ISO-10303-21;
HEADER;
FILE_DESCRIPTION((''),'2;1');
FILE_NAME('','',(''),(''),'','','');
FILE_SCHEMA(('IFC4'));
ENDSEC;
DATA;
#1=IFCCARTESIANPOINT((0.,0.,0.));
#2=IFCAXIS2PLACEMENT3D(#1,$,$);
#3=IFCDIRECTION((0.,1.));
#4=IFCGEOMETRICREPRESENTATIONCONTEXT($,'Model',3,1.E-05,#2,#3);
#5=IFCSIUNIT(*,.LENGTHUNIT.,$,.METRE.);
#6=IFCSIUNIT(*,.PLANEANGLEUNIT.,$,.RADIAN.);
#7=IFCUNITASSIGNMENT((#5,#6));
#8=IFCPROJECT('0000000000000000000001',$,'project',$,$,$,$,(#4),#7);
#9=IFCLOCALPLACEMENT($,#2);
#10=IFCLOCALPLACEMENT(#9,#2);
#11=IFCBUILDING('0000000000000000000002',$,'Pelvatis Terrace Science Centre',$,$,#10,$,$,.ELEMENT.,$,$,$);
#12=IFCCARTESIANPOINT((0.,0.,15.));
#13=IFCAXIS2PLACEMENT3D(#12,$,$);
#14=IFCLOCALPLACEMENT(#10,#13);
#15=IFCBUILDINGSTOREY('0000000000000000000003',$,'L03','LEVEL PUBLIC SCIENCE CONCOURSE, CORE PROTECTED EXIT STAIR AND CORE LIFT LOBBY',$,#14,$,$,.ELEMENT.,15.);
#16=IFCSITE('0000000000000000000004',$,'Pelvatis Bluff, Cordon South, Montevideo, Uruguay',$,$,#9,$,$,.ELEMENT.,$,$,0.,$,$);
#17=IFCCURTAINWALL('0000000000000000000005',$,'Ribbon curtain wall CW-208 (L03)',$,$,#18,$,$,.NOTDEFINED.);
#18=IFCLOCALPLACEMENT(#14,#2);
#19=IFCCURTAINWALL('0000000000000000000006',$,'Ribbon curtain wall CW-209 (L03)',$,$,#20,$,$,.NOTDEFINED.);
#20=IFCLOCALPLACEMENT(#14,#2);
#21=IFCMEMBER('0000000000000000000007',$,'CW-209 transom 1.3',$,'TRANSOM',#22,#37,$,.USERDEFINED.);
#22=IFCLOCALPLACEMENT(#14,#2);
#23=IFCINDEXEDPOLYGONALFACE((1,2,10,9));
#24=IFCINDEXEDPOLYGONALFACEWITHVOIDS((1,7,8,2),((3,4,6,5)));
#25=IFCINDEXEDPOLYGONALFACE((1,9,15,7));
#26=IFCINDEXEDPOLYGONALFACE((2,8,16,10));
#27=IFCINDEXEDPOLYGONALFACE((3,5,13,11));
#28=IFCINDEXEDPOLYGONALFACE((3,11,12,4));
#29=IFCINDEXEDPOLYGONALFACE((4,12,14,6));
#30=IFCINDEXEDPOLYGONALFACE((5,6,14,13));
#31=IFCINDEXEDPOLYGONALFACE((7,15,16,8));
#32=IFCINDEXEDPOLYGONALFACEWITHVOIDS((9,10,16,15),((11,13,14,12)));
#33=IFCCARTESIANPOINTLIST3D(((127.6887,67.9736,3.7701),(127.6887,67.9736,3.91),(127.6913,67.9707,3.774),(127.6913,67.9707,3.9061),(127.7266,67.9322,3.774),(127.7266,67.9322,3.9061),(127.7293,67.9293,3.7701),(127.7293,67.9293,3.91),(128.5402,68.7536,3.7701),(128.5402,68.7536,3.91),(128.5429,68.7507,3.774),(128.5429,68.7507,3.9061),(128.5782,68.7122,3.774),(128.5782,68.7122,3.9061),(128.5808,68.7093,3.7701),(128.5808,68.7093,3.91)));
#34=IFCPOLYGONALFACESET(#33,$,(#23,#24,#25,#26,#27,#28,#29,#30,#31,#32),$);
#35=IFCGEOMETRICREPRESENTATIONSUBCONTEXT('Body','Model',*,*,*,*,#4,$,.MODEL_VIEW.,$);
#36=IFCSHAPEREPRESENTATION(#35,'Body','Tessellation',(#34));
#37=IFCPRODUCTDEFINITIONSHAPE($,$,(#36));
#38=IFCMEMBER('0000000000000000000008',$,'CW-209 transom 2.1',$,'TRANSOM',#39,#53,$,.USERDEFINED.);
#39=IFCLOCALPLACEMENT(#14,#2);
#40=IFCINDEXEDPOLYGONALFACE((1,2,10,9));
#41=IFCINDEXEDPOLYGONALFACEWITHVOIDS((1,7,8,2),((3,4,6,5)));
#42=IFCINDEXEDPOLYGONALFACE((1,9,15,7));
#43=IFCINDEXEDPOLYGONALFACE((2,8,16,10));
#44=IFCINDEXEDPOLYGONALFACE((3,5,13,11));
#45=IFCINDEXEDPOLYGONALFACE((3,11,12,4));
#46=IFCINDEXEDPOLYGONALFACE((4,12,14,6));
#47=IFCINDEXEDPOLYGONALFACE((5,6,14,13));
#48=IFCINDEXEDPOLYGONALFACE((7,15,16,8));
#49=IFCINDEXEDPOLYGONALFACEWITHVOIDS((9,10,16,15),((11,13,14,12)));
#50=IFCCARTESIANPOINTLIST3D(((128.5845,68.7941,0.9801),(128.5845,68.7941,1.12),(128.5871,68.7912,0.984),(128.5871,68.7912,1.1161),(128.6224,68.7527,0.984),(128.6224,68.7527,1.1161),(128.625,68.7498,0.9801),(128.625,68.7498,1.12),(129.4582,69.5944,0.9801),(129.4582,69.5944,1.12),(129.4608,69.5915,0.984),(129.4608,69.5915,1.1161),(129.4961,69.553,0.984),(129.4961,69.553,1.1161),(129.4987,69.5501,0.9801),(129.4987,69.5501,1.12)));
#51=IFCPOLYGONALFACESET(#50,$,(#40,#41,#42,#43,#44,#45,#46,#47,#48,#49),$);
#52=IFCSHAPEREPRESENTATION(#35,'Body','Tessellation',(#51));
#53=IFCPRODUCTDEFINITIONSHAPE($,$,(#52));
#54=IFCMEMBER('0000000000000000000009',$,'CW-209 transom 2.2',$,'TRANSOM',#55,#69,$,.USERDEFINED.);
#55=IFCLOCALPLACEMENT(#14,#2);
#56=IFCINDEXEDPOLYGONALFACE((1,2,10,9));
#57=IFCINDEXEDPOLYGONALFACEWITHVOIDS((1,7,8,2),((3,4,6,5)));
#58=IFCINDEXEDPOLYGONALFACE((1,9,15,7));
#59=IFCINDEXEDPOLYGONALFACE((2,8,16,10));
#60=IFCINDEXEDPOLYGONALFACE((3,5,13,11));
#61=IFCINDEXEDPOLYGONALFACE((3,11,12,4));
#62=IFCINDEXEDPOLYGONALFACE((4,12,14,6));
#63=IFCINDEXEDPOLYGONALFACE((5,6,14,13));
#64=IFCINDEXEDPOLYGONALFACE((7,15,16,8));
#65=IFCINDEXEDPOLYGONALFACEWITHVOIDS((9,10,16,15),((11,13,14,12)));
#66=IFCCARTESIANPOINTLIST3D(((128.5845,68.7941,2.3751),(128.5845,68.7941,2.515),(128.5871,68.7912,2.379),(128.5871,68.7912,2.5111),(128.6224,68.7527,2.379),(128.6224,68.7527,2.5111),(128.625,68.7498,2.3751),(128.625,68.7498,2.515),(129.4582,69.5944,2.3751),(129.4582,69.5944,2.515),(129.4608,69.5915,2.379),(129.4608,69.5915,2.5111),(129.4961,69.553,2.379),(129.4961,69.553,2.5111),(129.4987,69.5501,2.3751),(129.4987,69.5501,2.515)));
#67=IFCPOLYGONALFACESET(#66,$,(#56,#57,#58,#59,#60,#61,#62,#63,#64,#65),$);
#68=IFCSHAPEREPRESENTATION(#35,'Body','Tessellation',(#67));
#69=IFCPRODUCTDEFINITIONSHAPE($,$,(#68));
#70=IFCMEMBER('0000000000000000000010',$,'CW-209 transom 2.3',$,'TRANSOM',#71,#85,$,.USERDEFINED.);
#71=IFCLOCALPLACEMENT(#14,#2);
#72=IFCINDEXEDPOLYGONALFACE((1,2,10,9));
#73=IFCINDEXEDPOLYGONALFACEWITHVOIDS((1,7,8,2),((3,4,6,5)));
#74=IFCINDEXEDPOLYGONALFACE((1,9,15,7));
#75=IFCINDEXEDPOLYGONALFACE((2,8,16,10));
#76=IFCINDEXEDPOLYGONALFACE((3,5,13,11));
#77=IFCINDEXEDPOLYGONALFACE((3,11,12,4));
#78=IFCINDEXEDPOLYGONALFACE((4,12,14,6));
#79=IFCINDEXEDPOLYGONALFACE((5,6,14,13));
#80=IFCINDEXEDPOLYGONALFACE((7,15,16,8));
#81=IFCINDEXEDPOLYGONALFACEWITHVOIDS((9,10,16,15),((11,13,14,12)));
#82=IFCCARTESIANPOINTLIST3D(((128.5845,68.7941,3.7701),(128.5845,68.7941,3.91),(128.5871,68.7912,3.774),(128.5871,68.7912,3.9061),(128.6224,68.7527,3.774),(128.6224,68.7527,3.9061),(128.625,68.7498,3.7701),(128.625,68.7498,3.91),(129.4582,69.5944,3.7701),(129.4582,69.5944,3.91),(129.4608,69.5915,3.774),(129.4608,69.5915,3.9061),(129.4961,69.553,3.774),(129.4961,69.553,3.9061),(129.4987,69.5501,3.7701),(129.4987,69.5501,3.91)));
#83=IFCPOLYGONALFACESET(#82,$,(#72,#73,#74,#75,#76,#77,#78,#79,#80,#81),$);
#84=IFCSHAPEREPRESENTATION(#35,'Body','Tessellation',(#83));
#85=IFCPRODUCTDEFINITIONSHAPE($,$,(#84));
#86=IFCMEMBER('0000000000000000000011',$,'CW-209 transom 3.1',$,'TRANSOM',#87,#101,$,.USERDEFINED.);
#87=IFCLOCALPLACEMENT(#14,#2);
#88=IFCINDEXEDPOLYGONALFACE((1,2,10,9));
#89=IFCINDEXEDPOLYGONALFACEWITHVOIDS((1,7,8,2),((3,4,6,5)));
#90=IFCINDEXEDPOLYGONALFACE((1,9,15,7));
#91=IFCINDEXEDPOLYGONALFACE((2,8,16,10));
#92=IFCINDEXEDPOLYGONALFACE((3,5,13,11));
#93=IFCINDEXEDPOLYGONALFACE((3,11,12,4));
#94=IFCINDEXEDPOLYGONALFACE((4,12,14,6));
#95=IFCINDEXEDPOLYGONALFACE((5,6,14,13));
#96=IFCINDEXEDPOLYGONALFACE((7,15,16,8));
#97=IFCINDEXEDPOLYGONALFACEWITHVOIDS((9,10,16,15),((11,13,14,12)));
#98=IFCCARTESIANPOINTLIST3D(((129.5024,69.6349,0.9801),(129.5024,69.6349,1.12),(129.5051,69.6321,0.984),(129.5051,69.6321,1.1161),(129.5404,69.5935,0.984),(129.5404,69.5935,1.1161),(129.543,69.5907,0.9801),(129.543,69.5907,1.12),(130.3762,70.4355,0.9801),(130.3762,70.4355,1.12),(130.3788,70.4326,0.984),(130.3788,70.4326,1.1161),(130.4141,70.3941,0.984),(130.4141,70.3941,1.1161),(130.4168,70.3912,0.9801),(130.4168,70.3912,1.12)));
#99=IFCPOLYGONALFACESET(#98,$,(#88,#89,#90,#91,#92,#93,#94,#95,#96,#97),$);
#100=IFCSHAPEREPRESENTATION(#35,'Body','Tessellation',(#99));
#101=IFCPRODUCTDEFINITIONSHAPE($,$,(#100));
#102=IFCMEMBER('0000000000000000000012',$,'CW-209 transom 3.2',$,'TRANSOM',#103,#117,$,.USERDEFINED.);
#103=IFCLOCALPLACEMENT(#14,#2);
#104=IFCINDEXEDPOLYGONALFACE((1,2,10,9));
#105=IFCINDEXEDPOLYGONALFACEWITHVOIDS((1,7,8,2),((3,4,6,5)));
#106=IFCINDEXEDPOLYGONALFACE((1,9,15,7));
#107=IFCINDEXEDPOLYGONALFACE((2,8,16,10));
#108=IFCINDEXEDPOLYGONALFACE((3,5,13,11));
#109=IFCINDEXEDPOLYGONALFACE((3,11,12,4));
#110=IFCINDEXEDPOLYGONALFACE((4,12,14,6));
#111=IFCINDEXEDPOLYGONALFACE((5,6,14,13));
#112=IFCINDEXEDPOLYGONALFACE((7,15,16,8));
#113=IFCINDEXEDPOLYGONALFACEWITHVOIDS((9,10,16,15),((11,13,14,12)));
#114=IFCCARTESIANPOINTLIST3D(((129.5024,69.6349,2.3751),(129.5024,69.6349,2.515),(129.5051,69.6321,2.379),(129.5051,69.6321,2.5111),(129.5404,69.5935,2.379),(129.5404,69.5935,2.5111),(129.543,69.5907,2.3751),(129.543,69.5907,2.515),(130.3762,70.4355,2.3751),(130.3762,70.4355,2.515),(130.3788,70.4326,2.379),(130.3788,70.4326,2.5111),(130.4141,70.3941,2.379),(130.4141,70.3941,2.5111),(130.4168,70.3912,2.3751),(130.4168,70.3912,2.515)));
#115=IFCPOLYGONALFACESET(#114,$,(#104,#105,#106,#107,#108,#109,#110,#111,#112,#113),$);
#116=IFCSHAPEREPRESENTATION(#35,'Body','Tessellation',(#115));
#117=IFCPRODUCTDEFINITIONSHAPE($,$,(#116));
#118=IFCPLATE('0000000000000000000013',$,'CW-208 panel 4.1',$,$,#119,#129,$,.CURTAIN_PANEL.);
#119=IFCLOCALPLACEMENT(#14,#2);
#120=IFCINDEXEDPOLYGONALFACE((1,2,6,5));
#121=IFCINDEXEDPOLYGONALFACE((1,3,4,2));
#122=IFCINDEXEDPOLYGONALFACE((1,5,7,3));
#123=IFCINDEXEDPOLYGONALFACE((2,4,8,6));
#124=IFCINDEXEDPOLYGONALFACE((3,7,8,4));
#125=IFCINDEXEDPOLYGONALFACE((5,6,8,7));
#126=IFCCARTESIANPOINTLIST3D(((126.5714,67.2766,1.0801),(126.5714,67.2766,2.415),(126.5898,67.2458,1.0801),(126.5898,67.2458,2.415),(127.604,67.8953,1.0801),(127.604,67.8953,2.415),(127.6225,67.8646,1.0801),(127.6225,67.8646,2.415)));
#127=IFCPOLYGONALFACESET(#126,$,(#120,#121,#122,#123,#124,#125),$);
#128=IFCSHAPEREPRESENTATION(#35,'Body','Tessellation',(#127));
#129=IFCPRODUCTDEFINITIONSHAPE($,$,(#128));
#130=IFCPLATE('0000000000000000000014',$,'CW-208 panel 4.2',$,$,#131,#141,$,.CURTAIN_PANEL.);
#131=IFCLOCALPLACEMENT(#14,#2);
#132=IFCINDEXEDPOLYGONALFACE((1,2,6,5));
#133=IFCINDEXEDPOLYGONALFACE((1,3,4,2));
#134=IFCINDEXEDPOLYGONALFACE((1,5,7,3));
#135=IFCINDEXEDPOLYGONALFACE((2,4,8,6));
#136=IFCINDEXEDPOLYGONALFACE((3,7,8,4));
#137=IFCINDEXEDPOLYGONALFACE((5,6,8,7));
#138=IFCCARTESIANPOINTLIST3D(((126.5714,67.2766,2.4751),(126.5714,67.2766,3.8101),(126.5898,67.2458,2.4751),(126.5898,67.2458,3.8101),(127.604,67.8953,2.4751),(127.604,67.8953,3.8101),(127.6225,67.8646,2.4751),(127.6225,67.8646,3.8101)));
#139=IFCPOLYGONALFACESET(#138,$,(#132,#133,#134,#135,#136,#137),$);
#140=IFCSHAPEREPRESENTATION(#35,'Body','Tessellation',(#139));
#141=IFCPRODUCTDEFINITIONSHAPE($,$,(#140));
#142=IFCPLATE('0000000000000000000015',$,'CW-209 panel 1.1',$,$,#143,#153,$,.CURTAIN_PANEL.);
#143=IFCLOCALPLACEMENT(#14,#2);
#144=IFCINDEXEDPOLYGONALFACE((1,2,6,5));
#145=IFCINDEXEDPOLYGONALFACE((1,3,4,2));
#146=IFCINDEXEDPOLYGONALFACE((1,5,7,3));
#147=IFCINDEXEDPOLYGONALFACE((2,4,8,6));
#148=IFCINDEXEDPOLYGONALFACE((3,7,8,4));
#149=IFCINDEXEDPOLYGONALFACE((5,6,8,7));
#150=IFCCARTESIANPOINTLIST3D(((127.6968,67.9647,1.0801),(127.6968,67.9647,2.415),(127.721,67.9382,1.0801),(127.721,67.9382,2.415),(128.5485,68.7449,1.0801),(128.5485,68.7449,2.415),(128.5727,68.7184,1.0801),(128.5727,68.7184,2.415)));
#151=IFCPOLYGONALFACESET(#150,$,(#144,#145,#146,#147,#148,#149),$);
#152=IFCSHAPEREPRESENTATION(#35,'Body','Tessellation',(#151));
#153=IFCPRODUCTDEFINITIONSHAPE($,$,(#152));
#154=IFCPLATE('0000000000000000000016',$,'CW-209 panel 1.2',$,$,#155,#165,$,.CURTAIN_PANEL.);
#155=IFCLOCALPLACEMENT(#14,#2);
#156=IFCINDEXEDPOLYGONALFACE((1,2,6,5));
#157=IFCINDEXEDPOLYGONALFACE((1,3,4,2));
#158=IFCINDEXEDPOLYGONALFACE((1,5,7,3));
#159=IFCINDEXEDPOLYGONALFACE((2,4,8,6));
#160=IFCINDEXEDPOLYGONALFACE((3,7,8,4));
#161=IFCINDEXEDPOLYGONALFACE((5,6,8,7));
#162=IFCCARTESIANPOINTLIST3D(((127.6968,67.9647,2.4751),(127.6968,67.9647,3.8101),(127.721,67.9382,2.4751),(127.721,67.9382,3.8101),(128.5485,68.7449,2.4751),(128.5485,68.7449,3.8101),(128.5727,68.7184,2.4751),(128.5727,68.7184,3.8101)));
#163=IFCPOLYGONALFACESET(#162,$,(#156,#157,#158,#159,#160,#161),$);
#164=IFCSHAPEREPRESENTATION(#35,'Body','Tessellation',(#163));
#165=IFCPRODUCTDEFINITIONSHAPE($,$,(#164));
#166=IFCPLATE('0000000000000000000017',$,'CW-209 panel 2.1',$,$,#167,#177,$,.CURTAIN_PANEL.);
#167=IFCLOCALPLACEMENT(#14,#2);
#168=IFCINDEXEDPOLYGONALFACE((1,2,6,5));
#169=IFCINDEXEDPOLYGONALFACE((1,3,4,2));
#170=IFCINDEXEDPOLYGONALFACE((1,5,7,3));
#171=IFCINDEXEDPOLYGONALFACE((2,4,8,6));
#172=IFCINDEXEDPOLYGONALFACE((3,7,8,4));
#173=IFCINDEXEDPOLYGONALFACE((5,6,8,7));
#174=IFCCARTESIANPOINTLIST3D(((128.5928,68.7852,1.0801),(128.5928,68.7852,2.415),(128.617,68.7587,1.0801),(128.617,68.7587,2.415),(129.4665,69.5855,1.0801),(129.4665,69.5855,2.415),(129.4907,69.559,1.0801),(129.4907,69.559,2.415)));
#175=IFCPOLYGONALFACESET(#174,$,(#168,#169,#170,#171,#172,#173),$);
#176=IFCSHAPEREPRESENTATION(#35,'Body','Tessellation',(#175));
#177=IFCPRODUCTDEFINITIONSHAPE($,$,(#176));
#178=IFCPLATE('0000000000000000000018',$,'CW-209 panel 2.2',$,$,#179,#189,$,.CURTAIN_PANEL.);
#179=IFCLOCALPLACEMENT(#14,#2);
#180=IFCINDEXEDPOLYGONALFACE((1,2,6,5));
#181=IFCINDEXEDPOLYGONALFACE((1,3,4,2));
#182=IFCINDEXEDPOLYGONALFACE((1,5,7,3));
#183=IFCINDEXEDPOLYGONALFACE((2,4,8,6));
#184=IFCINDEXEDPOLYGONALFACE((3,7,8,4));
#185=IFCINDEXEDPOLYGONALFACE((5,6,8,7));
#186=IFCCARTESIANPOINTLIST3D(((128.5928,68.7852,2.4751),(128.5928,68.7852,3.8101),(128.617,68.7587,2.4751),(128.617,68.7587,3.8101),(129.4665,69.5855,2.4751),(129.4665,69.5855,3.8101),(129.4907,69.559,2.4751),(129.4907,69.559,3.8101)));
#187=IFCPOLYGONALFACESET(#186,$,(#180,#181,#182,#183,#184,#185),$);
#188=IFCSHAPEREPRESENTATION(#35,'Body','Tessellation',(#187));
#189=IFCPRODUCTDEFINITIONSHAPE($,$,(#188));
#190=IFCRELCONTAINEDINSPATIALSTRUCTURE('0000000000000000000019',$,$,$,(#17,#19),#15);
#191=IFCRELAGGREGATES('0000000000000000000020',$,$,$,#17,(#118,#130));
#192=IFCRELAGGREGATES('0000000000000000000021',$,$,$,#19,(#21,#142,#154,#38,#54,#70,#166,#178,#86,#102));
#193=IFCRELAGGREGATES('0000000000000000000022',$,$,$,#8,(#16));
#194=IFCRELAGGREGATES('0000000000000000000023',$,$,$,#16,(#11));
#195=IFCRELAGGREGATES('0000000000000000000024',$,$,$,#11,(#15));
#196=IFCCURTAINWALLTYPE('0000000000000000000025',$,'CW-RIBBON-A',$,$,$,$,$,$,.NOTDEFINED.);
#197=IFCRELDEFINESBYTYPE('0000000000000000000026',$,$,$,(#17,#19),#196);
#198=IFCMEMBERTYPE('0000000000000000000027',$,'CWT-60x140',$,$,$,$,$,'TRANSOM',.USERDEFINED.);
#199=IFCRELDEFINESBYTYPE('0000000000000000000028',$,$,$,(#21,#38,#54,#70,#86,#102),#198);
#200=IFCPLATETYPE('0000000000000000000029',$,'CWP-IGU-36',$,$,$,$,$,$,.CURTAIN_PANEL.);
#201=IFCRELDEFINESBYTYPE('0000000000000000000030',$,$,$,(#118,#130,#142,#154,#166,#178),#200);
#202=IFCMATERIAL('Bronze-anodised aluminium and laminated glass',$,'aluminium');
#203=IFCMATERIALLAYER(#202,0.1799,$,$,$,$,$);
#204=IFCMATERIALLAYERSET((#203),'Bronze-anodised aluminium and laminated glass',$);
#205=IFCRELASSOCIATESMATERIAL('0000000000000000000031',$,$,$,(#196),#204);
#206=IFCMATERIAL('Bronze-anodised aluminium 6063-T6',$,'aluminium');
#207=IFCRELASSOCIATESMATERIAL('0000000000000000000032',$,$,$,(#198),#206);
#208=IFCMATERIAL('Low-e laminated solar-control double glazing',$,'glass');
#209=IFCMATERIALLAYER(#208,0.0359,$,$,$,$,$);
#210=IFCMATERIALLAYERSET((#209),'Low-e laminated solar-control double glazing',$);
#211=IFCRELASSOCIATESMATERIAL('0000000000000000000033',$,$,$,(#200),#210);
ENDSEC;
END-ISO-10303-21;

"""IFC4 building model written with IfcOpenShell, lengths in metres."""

from ifc_helpers import new_model, si_unit, direction, frame, origin, origin_2d, place, context, subcontext, project, spatial, rectangle, hollow_rectangle, extrude, material, layer, layer_set, material_profile, profile_set, type_object, element, aggregate, save


model = new_model("IFC4")

# Units and contexts
model_context = context("Model", 3, precision=1e-05, world=origin(), true_north=direction((0.0, 1.0)))
body_context = subcontext(model_context, "Body", "Model", "MODEL_VIEW")
ifc_project = project(units=[si_unit("LENGTHUNIT", "METRE"), si_unit("PLANEANGLEUNIT", "RADIAN")], contexts=[model_context])

# Site, building, storey
site_placement = place(None, origin())
site = spatial("IfcSite", under=ifc_project, at=site_placement, Name="Pelvatis Bluff, Cordon South, Montevideo, Uruguay", CompositionType="ELEMENT", RefElevation=0.0)
building_placement = place(site_placement, origin())
building = spatial("IfcBuilding", under=site, at=building_placement, Name="Pelvatis Terrace Science Centre", CompositionType="ELEMENT")
storey_placement = place(building_placement, frame((0.0, 0.0, 15.0)))
storey = spatial("IfcBuildingStorey", under=building, at=storey_placement, Name="L03", Description="LEVEL PUBLIC SCIENCE CONCOURSE, CORE PROTECTED EXIT STAIR AND CORE LIFT LOBBY", CompositionType="ELEMENT", Elevation=15.0)

# Curtain wall
ifc_material_1 = material(Name="Bronze-anodised aluminium and laminated glass", Category="aluminium")
ifc_layer_1 = layer(ifc_material_1, 0.1799)
ifc_layer_set_1 = layer_set([ifc_layer_1], Name="Bronze-anodised aluminium and laminated glass")
curtain_wall_type = type_object("IfcCurtainWallType", Name="CW-RIBBON-A", PredefinedType="NOTDEFINED", material=ifc_layer_set_1)
curtain_wall_1_placement = place(storey_placement, origin())
curtain_wall_1 = element("IfcCurtainWall", 1, at=curtain_wall_1_placement, inside=storey, type_object=curtain_wall_type, Name="Ribbon curtain wall CW-208 (L03)", PredefinedType="NOTDEFINED")

# Curtain wall
curtain_wall_2_placement = place(storey_placement, origin())
curtain_wall_2 = element("IfcCurtainWall", 2, at=curtain_wall_2_placement, inside=storey, type_object=curtain_wall_type, Name="Ribbon curtain wall CW-209 (L03)", PredefinedType="NOTDEFINED")

# Members
ifc_material_2 = material(Name="Bronze-anodised aluminium 6063-T6", Category="aluminium")
ifc_material_profile_1 = material_profile(ifc_material_2, hollow_rectangle(XDim=0.0601, YDim=0.1399, WallThickness=0.0039, at=origin_2d()), Name="ALU-TRN 60x140")
ifc_profile_set_1 = profile_set([ifc_material_profile_1], Name="Bronze-anodised aluminium 6063-T6")
member_type_1 = type_object("IfcMemberType", Name="CWT-60x140", ElementType="TRANSOM", PredefinedType="USERDEFINED", material=ifc_profile_set_1)
member_1_placement = place(storey_placement, frame((127.709, 67.9514, 3.8401), z_axis=(0.7374, 0.675457, 0.0), x_axis=(-0.675457, 0.7374, 0.0)))
member_1 = element("IfcMember", 3, at=member_1_placement, type_object=member_type_1, Name="CW-209 transom 1.3", ObjectType="TRANSOM", PredefinedType="USERDEFINED", context=body_context, shape_type="SweptSolid", body=[
    extrude(hollow_rectangle(XDim=0.0601, YDim=0.1399, WallThickness=0.0039, at=origin_2d()), origin(), (0.0, 0.0, 1.0), 1.1548),
])
member_2_placement = place(storey_placement, frame((128.6047, 68.772, 1.05), z_axis=(0.737436, 0.675417, 0.0), x_axis=(-0.675417, 0.737436, 0.0)))
member_2 = element("IfcMember", 4, at=member_2_placement, type_object=member_type_1, Name="CW-209 transom 2.1", ObjectType="TRANSOM", PredefinedType="USERDEFINED", context=body_context, shape_type="SweptSolid", body=[
    extrude(hollow_rectangle(XDim=0.0601, YDim=0.1399, WallThickness=0.0039, at=origin_2d()), origin(), (0.0, 0.0, 1.0), 1.1848),
])
member_3_placement = place(storey_placement, frame((128.6047, 68.772, 2.4451), z_axis=(0.737436, 0.675417, 0.0), x_axis=(-0.675417, 0.737436, 0.0)))
member_3 = element("IfcMember", 5, at=member_3_placement, type_object=member_type_1, Name="CW-209 transom 2.2", ObjectType="TRANSOM", PredefinedType="USERDEFINED", context=body_context, shape_type="SweptSolid", body=[
    extrude(hollow_rectangle(XDim=0.0601, YDim=0.1399, WallThickness=0.0039, at=origin_2d()), origin(), (0.0, 0.0, 1.0), 1.1848),
])
member_4_placement = place(storey_placement, frame((128.6047, 68.772, 3.8401), z_axis=(0.737436, 0.675417, 0.0), x_axis=(-0.675417, 0.737436, 0.0)))
member_4 = element("IfcMember", 6, at=member_4_placement, type_object=member_type_1, Name="CW-209 transom 2.3", ObjectType="TRANSOM", PredefinedType="USERDEFINED", context=body_context, shape_type="SweptSolid", body=[
    extrude(hollow_rectangle(XDim=0.0601, YDim=0.1399, WallThickness=0.0039, at=origin_2d()), origin(), (0.0, 0.0, 1.0), 1.1848),
])
member_5_placement = place(storey_placement, frame((129.5227, 69.6128, 1.05), z_axis=(0.737334, 0.675529, 0.0), x_axis=(-0.675529, 0.737334, 0.0)))
member_5 = element("IfcMember", 7, at=member_5_placement, type_object=member_type_1, Name="CW-209 transom 3.1", ObjectType="TRANSOM", PredefinedType="USERDEFINED", context=body_context, shape_type="SweptSolid", body=[
    extrude(hollow_rectangle(XDim=0.0601, YDim=0.1399, WallThickness=0.0039, at=origin_2d()), origin(), (0.0, 0.0, 1.0), 1.1851),
])
member_6_placement = place(storey_placement, frame((129.5227, 69.6128, 2.4451), z_axis=(0.737334, 0.675529, 0.0), x_axis=(-0.675529, 0.737334, 0.0)))
member_6 = element("IfcMember", 8, at=member_6_placement, type_object=member_type_1, Name="CW-209 transom 3.2", ObjectType="TRANSOM", PredefinedType="USERDEFINED", context=body_context, shape_type="SweptSolid", body=[
    extrude(hollow_rectangle(XDim=0.0601, YDim=0.1399, WallThickness=0.0039, at=origin_2d()), origin(), (0.0, 0.0, 1.0), 1.1851),
])

# Plates
ifc_material_3 = material(Name="Low-e laminated solar-control double glazing", Category="glass")
ifc_layer_2 = layer(ifc_material_3, 0.0359)
ifc_layer_set_2 = layer_set([ifc_layer_2], Name="Low-e laminated solar-control double glazing")
plate_type = type_object("IfcPlateType", Name="CWP-IGU-36", PredefinedType="CURTAIN_PANEL", material=ifc_layer_set_2)
plate_1_placement = place(storey_placement, frame((127.0969, 67.5706, 1.0801), z_axis=(0.0, 0.0, 1.0), x_axis=(0.857793, 0.513996, 0.0)))
plate_1 = element("IfcPlate", 9, at=plate_1_placement, type_object=plate_type, Name="CW-208 panel 4.1", PredefinedType="CURTAIN_PANEL", context=body_context, shape_type="SweptSolid", body=[
    extrude(rectangle(XDim=1.2039, YDim=0.0359, at=origin_2d()), origin(), (0.0, 0.0, 1.0), 1.335),
])
plate_2_placement = place(storey_placement, frame((127.0969, 67.5706, 2.4751), z_axis=(0.0, 0.0, 1.0), x_axis=(0.857793, 0.513996, 0.0)))
plate_2 = element("IfcPlate", 10, at=plate_2_placement, type_object=plate_type, Name="CW-208 panel 4.2", PredefinedType="CURTAIN_PANEL", context=body_context, shape_type="SweptSolid", body=[
    extrude(rectangle(XDim=1.2039, YDim=0.0359, at=origin_2d()), origin(), (0.0, 0.0, 1.0), 1.335),
])
aggregate(curtain_wall_1, [plate_1, plate_2])
plate_3_placement = place(storey_placement, frame((128.1348, 68.3416, 1.0801), z_axis=(0.0, 0.0, 1.0), x_axis=(0.737404, 0.675452, 0.0)))
plate_3 = element("IfcPlate", 11, at=plate_3_placement, type_object=plate_type, Name="CW-209 panel 1.1", PredefinedType="CURTAIN_PANEL", context=body_context, shape_type="SweptSolid", body=[
    extrude(rectangle(XDim=1.155, YDim=0.0359, at=origin_2d()), origin(), (0.0, 0.0, 1.0), 1.335),
])
plate_4_placement = place(storey_placement, frame((128.1348, 68.3416, 2.4751), z_axis=(0.0, 0.0, 1.0), x_axis=(0.737404, 0.675452, 0.0)))
plate_4 = element("IfcPlate", 12, at=plate_4_placement, type_object=plate_type, Name="CW-209 panel 1.2", PredefinedType="CURTAIN_PANEL", context=body_context, shape_type="SweptSolid", body=[
    extrude(rectangle(XDim=1.155, YDim=0.0359, at=origin_2d()), origin(), (0.0, 0.0, 1.0), 1.335),
])
plate_5_placement = place(storey_placement, frame((129.0417, 69.1721, 1.0801), z_axis=(0.0, 0.0, 1.0), x_axis=(0.737404, 0.675452, 0.0)))
plate_5 = element("IfcPlate", 13, at=plate_5_placement, type_object=plate_type, Name="CW-209 panel 2.1", PredefinedType="CURTAIN_PANEL", context=body_context, shape_type="SweptSolid", body=[
    extrude(rectangle(XDim=1.1848, YDim=0.0359, at=origin_2d()), origin(), (0.0, 0.0, 1.0), 1.335),
])
plate_6_placement = place(storey_placement, frame((129.0417, 69.1721, 2.4751), z_axis=(0.0, 0.0, 1.0), x_axis=(0.737404, 0.675452, 0.0)))
plate_6 = element("IfcPlate", 14, at=plate_6_placement, type_object=plate_type, Name="CW-209 panel 2.2", PredefinedType="CURTAIN_PANEL", context=body_context, shape_type="SweptSolid", body=[
    extrude(rectangle(XDim=1.1848, YDim=0.0359, at=origin_2d()), origin(), (0.0, 0.0, 1.0), 1.335),
])
aggregate(curtain_wall_2, [member_1, plate_3, plate_4, member_2, member_3, member_4, plate_5, plate_6, member_5, member_6])

save(model, "model.ifc")
